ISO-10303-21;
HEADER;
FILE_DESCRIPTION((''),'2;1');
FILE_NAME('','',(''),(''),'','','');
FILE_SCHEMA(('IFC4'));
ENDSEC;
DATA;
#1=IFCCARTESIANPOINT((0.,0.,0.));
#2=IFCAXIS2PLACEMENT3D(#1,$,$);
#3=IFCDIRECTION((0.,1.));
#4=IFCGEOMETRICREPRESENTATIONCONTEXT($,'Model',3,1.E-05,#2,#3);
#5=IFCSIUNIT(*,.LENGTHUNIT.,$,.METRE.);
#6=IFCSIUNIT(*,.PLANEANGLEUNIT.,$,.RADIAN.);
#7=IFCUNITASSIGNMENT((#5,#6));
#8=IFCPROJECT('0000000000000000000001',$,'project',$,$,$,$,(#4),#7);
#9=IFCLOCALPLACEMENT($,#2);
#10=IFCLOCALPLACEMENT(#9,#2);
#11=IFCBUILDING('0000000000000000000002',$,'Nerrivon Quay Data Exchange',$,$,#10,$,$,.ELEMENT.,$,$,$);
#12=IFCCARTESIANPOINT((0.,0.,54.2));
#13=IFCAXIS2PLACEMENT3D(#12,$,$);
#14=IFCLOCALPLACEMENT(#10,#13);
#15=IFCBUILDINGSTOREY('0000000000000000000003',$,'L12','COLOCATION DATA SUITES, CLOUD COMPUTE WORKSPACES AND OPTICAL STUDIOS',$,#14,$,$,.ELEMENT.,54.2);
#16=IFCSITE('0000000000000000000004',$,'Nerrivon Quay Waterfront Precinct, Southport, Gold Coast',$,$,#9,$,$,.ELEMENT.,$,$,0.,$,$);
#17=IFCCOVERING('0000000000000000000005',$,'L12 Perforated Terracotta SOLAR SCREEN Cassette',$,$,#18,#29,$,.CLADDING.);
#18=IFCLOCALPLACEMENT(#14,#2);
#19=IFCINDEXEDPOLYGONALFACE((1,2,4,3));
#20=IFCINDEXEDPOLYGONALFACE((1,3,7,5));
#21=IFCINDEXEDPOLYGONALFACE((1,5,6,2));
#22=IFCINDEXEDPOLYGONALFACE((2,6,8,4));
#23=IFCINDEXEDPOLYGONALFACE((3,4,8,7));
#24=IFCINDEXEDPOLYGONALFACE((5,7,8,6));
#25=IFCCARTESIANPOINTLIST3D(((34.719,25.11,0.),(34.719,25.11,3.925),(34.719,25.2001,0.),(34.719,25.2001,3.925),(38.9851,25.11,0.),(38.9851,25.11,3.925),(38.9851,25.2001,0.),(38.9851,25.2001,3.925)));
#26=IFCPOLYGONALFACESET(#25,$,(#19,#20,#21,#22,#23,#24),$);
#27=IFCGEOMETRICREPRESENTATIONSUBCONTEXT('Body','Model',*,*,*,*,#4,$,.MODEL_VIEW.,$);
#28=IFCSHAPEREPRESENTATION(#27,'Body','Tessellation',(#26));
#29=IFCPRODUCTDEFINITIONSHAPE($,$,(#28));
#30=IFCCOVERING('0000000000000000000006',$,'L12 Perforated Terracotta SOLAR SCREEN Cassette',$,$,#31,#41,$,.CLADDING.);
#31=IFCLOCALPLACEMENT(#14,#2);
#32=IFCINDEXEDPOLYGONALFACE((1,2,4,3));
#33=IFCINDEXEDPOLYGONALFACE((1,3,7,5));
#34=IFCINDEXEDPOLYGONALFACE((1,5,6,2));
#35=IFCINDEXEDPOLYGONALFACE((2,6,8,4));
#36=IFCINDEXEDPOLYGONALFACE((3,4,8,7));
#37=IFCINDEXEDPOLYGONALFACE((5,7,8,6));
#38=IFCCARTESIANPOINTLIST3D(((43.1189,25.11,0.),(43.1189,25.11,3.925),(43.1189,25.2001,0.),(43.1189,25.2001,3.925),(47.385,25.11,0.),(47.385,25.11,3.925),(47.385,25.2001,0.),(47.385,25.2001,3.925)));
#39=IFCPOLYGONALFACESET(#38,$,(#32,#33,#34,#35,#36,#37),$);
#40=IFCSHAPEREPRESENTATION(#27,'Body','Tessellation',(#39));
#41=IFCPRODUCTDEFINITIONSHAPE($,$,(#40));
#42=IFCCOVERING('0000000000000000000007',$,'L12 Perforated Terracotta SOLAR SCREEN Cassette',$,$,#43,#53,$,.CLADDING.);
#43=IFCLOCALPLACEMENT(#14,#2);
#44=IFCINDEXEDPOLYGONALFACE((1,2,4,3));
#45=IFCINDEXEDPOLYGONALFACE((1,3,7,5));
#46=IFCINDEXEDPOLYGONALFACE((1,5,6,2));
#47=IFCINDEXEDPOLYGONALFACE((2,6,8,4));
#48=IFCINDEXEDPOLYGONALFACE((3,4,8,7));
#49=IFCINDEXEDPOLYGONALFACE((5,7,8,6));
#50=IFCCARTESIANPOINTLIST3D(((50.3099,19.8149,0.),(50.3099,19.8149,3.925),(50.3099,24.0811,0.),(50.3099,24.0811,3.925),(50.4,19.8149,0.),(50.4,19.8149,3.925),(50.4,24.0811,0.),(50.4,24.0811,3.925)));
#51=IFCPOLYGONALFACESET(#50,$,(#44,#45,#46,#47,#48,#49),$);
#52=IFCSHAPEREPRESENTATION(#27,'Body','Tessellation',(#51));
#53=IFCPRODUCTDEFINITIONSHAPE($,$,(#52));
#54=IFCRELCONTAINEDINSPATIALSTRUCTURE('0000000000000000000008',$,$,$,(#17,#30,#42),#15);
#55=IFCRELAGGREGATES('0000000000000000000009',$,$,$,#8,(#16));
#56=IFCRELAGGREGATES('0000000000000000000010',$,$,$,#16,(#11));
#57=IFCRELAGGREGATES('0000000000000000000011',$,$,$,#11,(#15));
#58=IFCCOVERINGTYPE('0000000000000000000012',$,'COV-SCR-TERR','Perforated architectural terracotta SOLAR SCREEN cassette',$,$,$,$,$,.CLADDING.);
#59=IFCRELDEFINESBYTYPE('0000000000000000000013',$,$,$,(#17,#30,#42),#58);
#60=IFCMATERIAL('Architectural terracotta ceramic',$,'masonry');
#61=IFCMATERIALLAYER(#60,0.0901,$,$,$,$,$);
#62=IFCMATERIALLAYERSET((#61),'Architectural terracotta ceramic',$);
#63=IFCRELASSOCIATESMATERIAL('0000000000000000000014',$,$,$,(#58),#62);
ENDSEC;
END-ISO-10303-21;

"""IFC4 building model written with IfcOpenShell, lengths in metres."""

from ifc_helpers import new_model, si_unit, direction, frame, origin, origin_2d, place, context, subcontext, project, spatial, rectangle, extrude, material, layer, layer_set, type_object, element, save


model = new_model("IFC4")

# Units and contexts
model_context = context("Model", 3, precision=1e-05, world=origin(), true_north=direction((0.0, 1.0)))
body_context = subcontext(model_context, "Body", "Model", "MODEL_VIEW")
ifc_project = project(units=[si_unit("LENGTHUNIT", "METRE"), si_unit("PLANEANGLEUNIT", "RADIAN")], contexts=[model_context])

# Site, building, storey
site_placement = place(None, origin())
site = spatial("IfcSite", under=ifc_project, at=site_placement, Name="Nerrivon Quay Waterfront Precinct, Southport, Gold Coast", CompositionType="ELEMENT", RefElevation=0.0)
building_placement = place(site_placement, origin())
building = spatial("IfcBuilding", under=site, at=building_placement, Name="Nerrivon Quay Data Exchange", CompositionType="ELEMENT")
storey_placement = place(building_placement, frame((0.0, 0.0, 54.2)))
storey = spatial("IfcBuildingStorey", under=building, at=storey_placement, Name="L12", Description="COLOCATION DATA SUITES, CLOUD COMPUTE WORKSPACES AND OPTICAL STUDIOS", CompositionType="ELEMENT", Elevation=54.2)

# Coverings
ifc_material_1 = material(Name="Architectural terracotta ceramic", Category="masonry")
ifc_layer_1 = layer(ifc_material_1, 0.0901)
ifc_layer_set_1 = layer_set([ifc_layer_1], Name="Architectural terracotta ceramic")
covering_type = type_object("IfcCoveringType", Name="COV-SCR-TERR", Description="Perforated architectural terracotta SOLAR SCREEN cassette", PredefinedType="CLADDING", material=ifc_layer_set_1)
for number, where, z_axis, x_axis, name in (
    (1, (36.8521, 25.155, 0.0), (0.0, 0.0, 1.0), (1.0, 0.0, 0.0), "L12 Perforated Terracotta SOLAR SCREEN Cassette"),
    (2, (45.252, 25.155, 0.0), (0.0, 0.0, 1.0), (1.0, 0.0, 0.0), "L12 Perforated Terracotta SOLAR SCREEN Cassette"),
    (3, (50.355, 21.948, 0.0), (0.0, 0.0, 1.0), (0.0, -1.0, 0.0), "L12 Perforated Terracotta SOLAR SCREEN Cassette"),
):
    element("IfcCovering", number, at=place(storey_placement, frame(where, z_axis=z_axis, x_axis=x_axis)), inside=storey, type_object=covering_type, Name=name, PredefinedType="CLADDING", context=body_context, shape_type="SweptSolid", body=[
        extrude(rectangle(XDim=4.2661, YDim=0.0901, at=origin_2d()), origin(), (0.0, 0.0, 1.0), 3.925),
    ])

save(model, "model.ifc")
